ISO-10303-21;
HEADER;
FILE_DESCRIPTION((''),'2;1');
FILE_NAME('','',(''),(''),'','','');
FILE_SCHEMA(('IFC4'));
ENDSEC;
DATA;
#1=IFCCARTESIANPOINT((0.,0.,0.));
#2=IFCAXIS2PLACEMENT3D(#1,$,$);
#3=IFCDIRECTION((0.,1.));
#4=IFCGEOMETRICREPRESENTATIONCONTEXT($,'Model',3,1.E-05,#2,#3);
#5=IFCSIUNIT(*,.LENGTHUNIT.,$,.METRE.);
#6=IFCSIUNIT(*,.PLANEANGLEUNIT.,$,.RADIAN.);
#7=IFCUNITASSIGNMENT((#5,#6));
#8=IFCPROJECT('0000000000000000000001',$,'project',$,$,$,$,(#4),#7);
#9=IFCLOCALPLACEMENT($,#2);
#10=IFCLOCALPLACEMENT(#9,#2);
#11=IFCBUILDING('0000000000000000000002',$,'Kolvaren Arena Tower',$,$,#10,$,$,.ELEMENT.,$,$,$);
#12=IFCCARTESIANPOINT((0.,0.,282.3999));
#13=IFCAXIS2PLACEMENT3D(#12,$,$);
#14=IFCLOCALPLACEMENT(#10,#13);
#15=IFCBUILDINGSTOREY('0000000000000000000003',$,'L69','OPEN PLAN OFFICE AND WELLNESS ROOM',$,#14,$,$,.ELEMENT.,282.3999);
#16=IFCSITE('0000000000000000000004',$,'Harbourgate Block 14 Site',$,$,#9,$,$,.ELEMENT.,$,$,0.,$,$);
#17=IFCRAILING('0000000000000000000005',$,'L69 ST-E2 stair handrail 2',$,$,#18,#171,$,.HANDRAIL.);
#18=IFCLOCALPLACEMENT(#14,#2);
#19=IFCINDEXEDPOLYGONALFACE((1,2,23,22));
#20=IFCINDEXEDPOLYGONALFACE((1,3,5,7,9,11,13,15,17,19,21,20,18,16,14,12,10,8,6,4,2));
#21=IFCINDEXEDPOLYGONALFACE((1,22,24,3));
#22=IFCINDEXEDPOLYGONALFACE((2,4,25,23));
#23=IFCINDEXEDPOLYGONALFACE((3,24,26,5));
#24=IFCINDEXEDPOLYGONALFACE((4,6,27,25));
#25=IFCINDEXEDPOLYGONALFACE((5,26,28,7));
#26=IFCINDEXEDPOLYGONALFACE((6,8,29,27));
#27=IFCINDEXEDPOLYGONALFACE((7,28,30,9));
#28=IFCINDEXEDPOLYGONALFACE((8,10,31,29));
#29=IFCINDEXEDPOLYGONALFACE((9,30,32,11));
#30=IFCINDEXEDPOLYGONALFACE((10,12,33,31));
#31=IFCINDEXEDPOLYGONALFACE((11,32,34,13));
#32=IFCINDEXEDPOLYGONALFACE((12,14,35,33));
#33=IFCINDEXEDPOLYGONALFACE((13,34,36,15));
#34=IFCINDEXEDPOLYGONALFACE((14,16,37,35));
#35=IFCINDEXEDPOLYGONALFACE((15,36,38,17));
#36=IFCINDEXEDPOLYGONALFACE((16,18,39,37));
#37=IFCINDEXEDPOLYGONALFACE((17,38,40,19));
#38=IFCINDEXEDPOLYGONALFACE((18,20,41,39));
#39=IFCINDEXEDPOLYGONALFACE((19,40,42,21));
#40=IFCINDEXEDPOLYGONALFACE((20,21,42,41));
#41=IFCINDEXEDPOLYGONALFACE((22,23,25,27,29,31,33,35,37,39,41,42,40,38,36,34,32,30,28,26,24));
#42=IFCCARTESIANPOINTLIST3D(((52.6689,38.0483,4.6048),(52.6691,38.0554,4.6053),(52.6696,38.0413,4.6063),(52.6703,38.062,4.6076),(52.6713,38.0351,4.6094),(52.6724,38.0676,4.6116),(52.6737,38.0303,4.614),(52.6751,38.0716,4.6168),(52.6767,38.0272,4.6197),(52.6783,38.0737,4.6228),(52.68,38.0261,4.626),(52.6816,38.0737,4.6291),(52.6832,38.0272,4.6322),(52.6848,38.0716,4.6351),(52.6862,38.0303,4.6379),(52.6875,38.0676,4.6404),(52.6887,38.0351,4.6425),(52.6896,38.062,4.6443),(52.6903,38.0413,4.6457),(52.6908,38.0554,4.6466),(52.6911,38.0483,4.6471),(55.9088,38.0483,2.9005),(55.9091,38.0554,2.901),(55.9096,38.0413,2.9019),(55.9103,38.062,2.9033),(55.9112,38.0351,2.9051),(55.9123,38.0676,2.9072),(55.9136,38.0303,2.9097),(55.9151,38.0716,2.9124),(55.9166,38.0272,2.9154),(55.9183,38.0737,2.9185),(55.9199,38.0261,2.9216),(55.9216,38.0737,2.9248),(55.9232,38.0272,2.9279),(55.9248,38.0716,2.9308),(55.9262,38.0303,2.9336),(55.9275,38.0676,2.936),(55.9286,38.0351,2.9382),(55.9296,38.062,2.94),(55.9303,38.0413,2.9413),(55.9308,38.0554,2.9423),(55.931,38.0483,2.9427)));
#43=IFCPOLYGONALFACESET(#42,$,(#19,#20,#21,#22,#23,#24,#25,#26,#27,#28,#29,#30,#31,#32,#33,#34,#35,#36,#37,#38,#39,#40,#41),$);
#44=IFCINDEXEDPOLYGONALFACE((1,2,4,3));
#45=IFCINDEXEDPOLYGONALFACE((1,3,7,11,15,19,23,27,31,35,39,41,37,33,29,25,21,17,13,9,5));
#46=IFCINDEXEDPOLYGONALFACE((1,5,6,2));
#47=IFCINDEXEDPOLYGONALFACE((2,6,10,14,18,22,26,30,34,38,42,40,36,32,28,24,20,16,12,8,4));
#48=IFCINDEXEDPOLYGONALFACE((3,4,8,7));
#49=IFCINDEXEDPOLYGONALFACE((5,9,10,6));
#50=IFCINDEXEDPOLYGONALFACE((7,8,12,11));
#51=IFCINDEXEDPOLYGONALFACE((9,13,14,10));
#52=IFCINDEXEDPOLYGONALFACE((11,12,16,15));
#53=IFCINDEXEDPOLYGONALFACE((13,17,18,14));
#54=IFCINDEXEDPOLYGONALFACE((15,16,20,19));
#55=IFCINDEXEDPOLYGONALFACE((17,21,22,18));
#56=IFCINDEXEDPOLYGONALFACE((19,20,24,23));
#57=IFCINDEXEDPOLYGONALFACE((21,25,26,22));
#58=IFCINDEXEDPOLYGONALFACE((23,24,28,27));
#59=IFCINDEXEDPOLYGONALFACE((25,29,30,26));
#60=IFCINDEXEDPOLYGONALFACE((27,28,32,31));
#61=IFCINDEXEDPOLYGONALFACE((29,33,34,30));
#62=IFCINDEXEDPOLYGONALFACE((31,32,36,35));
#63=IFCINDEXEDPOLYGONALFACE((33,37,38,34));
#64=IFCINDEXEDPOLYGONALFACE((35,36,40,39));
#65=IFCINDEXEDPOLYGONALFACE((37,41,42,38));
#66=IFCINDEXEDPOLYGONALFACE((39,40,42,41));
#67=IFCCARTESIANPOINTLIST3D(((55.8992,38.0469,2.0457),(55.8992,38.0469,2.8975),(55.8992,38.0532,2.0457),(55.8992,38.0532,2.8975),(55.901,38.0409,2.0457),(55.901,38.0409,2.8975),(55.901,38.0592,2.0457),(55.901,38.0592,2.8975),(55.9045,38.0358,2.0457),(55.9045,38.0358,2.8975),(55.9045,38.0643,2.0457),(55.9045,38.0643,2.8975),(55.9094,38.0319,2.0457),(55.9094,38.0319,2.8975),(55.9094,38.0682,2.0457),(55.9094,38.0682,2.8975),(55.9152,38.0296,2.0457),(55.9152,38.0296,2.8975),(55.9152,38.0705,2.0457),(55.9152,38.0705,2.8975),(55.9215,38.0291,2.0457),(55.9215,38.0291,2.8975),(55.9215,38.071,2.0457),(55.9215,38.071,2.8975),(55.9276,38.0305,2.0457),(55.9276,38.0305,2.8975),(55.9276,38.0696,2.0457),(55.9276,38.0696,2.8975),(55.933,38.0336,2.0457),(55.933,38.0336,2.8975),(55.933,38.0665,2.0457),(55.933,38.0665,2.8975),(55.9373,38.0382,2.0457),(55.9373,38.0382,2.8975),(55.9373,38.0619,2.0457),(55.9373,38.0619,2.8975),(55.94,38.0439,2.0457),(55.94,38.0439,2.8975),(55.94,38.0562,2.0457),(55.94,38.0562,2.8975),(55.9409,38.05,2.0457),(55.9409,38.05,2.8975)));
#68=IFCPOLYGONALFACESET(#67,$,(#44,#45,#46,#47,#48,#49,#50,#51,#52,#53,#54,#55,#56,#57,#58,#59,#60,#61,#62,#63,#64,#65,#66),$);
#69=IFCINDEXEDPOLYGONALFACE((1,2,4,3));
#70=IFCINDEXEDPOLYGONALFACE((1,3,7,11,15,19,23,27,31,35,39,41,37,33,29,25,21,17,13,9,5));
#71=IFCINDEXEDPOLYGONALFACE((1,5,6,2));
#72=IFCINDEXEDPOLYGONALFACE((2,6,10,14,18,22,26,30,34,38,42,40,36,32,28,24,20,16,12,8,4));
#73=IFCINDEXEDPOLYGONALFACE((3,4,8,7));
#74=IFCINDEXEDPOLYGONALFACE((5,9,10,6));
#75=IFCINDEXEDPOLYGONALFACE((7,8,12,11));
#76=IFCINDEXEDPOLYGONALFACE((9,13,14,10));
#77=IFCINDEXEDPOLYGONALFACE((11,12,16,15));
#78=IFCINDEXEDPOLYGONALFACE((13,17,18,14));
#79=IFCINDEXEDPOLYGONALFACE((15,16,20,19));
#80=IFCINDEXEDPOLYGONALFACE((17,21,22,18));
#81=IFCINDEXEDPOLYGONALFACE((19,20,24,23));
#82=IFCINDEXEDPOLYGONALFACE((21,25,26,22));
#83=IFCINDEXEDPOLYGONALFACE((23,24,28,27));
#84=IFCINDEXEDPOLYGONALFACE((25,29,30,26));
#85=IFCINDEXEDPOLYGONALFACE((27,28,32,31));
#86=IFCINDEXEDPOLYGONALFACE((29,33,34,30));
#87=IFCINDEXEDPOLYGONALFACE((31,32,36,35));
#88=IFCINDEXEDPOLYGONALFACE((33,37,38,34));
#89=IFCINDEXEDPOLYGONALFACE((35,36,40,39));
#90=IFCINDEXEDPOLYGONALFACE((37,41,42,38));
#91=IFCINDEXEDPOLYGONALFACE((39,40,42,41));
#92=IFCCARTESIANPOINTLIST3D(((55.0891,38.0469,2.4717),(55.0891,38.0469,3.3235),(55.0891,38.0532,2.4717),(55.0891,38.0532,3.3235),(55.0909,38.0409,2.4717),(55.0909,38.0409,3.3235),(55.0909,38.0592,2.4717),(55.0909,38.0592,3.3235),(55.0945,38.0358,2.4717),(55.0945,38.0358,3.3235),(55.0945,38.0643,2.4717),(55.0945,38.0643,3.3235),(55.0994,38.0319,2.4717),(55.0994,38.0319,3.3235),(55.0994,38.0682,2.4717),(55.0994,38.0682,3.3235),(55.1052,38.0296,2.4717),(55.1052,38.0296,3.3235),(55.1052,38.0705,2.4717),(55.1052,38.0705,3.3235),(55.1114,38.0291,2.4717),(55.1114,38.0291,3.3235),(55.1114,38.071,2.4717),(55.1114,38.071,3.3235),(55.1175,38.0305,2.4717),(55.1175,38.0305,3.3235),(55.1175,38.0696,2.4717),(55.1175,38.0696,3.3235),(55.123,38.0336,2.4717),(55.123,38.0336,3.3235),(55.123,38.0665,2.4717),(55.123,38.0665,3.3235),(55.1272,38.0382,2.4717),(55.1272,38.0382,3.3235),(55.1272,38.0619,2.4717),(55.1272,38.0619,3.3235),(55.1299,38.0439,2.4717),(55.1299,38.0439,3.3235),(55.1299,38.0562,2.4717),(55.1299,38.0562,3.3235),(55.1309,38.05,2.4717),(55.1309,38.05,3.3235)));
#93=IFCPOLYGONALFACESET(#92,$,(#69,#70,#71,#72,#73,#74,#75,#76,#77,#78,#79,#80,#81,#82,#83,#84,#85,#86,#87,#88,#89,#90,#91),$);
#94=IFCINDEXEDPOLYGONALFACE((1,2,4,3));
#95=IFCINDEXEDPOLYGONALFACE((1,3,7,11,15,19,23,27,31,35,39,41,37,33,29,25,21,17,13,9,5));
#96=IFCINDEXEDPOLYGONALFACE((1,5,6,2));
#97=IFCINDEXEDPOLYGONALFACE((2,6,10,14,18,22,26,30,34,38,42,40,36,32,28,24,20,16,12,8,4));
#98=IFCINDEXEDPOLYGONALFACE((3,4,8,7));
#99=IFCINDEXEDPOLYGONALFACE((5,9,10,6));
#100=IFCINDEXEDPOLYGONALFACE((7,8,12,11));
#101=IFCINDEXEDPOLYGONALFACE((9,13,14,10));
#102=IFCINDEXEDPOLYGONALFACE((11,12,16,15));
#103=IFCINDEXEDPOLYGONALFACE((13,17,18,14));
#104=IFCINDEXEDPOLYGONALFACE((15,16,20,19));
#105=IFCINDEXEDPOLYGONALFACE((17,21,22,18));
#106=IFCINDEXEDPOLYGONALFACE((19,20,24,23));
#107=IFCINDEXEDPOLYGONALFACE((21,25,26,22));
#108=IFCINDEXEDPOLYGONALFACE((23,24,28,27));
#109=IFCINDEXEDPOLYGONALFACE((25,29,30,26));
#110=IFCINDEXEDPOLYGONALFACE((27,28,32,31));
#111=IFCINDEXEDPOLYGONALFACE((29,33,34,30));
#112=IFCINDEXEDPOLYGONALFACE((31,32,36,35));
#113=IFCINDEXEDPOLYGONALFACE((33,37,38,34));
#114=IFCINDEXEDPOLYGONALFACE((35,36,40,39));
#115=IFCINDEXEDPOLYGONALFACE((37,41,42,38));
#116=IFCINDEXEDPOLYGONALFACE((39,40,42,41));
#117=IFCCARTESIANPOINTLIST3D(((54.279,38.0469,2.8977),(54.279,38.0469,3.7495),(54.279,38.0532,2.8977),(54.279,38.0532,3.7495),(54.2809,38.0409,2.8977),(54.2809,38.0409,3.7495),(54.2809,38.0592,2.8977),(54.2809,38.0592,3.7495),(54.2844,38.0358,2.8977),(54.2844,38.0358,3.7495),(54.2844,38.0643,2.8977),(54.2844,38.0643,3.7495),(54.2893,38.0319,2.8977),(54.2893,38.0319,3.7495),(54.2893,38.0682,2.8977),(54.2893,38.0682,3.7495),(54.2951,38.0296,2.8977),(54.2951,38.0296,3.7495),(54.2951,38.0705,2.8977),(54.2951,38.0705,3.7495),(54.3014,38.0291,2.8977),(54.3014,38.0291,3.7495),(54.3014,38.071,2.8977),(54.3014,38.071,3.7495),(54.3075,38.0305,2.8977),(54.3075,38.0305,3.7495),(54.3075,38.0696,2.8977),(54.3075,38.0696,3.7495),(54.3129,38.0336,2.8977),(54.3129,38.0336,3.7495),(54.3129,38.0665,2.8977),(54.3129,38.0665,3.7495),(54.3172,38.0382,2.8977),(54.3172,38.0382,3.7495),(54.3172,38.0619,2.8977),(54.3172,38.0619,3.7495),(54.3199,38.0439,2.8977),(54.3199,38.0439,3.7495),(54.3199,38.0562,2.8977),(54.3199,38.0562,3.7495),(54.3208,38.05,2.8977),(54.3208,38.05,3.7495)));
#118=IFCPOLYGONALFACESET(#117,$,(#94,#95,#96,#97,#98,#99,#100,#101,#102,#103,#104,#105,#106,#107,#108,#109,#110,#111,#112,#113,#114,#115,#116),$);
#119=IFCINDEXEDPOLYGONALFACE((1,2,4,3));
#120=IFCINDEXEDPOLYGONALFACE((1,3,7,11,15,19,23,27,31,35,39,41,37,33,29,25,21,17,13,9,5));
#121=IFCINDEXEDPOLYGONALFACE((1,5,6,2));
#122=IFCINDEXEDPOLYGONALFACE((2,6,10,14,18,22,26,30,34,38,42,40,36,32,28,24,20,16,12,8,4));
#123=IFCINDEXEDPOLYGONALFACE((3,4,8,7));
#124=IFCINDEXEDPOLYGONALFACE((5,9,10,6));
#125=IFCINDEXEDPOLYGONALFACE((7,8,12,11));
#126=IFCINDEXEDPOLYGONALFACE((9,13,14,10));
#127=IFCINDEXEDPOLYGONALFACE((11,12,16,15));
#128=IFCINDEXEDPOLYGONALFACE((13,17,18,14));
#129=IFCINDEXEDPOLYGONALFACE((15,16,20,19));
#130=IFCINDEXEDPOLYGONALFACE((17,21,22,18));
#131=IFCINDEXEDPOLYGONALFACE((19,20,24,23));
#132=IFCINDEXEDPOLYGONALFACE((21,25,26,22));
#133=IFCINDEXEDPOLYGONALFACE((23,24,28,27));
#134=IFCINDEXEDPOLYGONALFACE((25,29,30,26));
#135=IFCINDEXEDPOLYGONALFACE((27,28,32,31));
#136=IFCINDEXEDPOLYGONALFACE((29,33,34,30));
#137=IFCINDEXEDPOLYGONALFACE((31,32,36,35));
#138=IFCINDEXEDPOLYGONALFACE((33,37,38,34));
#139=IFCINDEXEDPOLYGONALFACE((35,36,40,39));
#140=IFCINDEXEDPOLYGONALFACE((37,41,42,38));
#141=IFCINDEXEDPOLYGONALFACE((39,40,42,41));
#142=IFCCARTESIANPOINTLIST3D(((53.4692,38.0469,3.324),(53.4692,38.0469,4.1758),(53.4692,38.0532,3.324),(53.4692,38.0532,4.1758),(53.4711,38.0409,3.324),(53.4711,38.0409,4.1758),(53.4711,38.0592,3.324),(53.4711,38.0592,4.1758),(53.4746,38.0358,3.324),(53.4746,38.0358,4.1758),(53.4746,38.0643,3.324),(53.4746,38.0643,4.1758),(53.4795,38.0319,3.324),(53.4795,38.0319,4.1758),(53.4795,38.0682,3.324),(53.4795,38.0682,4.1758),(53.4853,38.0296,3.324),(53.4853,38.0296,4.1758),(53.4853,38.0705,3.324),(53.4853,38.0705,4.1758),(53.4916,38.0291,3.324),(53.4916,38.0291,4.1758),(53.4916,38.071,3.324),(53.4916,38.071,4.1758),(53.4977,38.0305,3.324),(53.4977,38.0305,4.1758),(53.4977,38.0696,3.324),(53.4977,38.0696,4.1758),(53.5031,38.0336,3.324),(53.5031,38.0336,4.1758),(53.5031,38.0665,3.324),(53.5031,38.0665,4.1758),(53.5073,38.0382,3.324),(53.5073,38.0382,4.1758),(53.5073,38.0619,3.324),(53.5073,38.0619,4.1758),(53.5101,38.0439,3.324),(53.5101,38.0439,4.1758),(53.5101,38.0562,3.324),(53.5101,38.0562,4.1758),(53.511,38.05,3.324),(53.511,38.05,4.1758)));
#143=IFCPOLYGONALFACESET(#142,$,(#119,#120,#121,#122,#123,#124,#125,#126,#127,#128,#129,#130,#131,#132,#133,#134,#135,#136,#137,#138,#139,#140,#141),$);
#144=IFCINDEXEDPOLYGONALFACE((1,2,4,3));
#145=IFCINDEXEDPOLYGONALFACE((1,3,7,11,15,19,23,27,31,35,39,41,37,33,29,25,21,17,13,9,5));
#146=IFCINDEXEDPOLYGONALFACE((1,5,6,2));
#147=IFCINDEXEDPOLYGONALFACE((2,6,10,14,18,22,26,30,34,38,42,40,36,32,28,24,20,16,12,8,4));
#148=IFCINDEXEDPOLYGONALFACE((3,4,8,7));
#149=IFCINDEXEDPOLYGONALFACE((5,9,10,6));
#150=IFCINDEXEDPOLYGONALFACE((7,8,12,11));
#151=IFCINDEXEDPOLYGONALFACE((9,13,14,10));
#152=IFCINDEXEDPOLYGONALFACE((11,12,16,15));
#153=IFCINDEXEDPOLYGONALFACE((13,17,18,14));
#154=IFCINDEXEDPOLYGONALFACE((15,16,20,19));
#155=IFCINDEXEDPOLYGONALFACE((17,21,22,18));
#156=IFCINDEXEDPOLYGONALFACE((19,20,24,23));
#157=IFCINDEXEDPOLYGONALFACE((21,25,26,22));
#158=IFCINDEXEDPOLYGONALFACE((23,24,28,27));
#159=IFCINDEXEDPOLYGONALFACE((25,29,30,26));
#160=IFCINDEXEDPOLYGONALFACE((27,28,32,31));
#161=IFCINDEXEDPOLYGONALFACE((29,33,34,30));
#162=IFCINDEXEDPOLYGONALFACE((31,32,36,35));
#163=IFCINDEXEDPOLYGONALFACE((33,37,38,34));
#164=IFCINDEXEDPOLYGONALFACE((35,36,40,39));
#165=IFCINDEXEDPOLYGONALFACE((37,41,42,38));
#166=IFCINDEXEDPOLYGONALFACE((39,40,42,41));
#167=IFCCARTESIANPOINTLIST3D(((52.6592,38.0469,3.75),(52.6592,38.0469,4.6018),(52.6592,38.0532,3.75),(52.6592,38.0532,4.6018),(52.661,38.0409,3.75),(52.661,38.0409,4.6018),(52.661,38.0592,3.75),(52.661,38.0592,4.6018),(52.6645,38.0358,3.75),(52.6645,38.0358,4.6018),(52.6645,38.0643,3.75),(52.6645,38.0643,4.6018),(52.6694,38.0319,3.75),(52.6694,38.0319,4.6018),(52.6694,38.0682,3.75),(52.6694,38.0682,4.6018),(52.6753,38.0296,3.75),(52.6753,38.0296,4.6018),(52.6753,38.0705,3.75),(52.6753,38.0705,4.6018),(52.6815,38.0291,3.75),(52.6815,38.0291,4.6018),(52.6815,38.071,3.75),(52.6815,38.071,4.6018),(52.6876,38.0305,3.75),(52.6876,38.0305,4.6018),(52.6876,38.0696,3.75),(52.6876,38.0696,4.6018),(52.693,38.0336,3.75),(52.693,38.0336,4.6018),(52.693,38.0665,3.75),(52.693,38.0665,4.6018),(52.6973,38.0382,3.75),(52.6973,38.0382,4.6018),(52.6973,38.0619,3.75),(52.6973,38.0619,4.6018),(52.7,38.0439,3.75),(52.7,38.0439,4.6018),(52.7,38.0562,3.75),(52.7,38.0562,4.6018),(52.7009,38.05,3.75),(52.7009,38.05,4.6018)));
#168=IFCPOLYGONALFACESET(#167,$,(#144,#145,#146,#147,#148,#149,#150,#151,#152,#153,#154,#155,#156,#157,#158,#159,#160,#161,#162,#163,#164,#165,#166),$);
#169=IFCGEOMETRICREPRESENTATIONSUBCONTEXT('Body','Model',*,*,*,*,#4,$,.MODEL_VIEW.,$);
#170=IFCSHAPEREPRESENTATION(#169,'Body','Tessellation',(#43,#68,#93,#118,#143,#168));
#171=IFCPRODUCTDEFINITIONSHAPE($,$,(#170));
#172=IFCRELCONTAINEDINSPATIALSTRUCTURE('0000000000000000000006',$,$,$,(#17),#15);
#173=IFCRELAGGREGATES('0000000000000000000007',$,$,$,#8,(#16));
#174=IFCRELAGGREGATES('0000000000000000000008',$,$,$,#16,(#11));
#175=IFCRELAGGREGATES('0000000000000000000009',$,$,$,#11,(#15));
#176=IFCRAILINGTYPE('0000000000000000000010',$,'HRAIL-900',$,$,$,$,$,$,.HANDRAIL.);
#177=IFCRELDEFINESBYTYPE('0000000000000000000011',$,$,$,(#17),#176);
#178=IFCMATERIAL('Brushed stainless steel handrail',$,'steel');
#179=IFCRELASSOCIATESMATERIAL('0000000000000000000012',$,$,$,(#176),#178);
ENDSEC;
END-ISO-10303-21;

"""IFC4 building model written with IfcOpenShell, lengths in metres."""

from ifc_helpers import new_model, si_unit, direction, frame, origin, origin_2d, place, context, subcontext, project, spatial, circle, extrude, material, type_object, element, save


model = new_model("IFC4")

# Units and contexts
model_context = context("Model", 3, precision=1e-05, world=origin(), true_north=direction((0.0, 1.0)))
body_context = subcontext(model_context, "Body", "Model", "MODEL_VIEW")
ifc_project = project(units=[si_unit("LENGTHUNIT", "METRE"), si_unit("PLANEANGLEUNIT", "RADIAN")], contexts=[model_context])

# Site, building, storey
site_placement = place(None, origin())
site = spatial("IfcSite", under=ifc_project, at=site_placement, Name="Harbourgate Block 14 Site", CompositionType="ELEMENT", RefElevation=0.0)
building_placement = place(site_placement, origin())
building = spatial("IfcBuilding", under=site, at=building_placement, Name="Kolvaren Arena Tower", CompositionType="ELEMENT")
storey_placement = place(building_placement, frame((0.0, 0.0, 282.3999)))
storey = spatial("IfcBuildingStorey", under=building, at=storey_placement, Name="L69", Description="OPEN PLAN OFFICE AND WELLNESS ROOM", CompositionType="ELEMENT", Elevation=282.3999)

# Railing
ifc_material_1 = material(Name="Brushed stainless steel handrail", Category="steel")
railing_type_1 = type_object("IfcRailingType", Name="HRAIL-900", PredefinedType="HANDRAIL", material=ifc_material_1)
for number, where, name in (
    (1, (55.9199, 38.05, 2.0457), "L69 ST-E2 stair handrail 2"),
):
    element("IfcRailing", number, at=place(storey_placement, frame(where)), inside=storey, type_object=railing_type_1, Name=name, PredefinedType="HANDRAIL", context=body_context, shape_type="SweptSolid", body=[
        extrude(circle(Radius=0.0239, at=origin_2d()), frame((0.0, 0.0, 0.876), z_axis=(-0.885021, 0.0, 0.465551), x_axis=(0.0, -1.0, 0.0)), (0.0, 0.0, 1.0), 3.6609),
        extrude(circle(Radius=0.021, at=origin_2d()), origin(), (0.0, 0.0, 1.0), 0.8518),
        extrude(circle(Radius=0.021, at=origin_2d()), frame((-0.8101, 0.0, 0.426)), (0.0, 0.0, 1.0), 0.8518),
        extrude(circle(Radius=0.021, at=origin_2d()), frame((-1.6201, 0.0, 0.8521)), (0.0, 0.0, 1.0), 0.8518),
        extrude(circle(Radius=0.021, at=origin_2d()), frame((-2.4299, 0.0, 1.2783)), (0.0, 0.0, 1.0), 0.8518),
        extrude(circle(Radius=0.021, at=origin_2d()), frame((-3.24, 0.0, 1.7043)), (0.0, 0.0, 1.0), 0.8518),
    ])

save(model, "model.ifc")
